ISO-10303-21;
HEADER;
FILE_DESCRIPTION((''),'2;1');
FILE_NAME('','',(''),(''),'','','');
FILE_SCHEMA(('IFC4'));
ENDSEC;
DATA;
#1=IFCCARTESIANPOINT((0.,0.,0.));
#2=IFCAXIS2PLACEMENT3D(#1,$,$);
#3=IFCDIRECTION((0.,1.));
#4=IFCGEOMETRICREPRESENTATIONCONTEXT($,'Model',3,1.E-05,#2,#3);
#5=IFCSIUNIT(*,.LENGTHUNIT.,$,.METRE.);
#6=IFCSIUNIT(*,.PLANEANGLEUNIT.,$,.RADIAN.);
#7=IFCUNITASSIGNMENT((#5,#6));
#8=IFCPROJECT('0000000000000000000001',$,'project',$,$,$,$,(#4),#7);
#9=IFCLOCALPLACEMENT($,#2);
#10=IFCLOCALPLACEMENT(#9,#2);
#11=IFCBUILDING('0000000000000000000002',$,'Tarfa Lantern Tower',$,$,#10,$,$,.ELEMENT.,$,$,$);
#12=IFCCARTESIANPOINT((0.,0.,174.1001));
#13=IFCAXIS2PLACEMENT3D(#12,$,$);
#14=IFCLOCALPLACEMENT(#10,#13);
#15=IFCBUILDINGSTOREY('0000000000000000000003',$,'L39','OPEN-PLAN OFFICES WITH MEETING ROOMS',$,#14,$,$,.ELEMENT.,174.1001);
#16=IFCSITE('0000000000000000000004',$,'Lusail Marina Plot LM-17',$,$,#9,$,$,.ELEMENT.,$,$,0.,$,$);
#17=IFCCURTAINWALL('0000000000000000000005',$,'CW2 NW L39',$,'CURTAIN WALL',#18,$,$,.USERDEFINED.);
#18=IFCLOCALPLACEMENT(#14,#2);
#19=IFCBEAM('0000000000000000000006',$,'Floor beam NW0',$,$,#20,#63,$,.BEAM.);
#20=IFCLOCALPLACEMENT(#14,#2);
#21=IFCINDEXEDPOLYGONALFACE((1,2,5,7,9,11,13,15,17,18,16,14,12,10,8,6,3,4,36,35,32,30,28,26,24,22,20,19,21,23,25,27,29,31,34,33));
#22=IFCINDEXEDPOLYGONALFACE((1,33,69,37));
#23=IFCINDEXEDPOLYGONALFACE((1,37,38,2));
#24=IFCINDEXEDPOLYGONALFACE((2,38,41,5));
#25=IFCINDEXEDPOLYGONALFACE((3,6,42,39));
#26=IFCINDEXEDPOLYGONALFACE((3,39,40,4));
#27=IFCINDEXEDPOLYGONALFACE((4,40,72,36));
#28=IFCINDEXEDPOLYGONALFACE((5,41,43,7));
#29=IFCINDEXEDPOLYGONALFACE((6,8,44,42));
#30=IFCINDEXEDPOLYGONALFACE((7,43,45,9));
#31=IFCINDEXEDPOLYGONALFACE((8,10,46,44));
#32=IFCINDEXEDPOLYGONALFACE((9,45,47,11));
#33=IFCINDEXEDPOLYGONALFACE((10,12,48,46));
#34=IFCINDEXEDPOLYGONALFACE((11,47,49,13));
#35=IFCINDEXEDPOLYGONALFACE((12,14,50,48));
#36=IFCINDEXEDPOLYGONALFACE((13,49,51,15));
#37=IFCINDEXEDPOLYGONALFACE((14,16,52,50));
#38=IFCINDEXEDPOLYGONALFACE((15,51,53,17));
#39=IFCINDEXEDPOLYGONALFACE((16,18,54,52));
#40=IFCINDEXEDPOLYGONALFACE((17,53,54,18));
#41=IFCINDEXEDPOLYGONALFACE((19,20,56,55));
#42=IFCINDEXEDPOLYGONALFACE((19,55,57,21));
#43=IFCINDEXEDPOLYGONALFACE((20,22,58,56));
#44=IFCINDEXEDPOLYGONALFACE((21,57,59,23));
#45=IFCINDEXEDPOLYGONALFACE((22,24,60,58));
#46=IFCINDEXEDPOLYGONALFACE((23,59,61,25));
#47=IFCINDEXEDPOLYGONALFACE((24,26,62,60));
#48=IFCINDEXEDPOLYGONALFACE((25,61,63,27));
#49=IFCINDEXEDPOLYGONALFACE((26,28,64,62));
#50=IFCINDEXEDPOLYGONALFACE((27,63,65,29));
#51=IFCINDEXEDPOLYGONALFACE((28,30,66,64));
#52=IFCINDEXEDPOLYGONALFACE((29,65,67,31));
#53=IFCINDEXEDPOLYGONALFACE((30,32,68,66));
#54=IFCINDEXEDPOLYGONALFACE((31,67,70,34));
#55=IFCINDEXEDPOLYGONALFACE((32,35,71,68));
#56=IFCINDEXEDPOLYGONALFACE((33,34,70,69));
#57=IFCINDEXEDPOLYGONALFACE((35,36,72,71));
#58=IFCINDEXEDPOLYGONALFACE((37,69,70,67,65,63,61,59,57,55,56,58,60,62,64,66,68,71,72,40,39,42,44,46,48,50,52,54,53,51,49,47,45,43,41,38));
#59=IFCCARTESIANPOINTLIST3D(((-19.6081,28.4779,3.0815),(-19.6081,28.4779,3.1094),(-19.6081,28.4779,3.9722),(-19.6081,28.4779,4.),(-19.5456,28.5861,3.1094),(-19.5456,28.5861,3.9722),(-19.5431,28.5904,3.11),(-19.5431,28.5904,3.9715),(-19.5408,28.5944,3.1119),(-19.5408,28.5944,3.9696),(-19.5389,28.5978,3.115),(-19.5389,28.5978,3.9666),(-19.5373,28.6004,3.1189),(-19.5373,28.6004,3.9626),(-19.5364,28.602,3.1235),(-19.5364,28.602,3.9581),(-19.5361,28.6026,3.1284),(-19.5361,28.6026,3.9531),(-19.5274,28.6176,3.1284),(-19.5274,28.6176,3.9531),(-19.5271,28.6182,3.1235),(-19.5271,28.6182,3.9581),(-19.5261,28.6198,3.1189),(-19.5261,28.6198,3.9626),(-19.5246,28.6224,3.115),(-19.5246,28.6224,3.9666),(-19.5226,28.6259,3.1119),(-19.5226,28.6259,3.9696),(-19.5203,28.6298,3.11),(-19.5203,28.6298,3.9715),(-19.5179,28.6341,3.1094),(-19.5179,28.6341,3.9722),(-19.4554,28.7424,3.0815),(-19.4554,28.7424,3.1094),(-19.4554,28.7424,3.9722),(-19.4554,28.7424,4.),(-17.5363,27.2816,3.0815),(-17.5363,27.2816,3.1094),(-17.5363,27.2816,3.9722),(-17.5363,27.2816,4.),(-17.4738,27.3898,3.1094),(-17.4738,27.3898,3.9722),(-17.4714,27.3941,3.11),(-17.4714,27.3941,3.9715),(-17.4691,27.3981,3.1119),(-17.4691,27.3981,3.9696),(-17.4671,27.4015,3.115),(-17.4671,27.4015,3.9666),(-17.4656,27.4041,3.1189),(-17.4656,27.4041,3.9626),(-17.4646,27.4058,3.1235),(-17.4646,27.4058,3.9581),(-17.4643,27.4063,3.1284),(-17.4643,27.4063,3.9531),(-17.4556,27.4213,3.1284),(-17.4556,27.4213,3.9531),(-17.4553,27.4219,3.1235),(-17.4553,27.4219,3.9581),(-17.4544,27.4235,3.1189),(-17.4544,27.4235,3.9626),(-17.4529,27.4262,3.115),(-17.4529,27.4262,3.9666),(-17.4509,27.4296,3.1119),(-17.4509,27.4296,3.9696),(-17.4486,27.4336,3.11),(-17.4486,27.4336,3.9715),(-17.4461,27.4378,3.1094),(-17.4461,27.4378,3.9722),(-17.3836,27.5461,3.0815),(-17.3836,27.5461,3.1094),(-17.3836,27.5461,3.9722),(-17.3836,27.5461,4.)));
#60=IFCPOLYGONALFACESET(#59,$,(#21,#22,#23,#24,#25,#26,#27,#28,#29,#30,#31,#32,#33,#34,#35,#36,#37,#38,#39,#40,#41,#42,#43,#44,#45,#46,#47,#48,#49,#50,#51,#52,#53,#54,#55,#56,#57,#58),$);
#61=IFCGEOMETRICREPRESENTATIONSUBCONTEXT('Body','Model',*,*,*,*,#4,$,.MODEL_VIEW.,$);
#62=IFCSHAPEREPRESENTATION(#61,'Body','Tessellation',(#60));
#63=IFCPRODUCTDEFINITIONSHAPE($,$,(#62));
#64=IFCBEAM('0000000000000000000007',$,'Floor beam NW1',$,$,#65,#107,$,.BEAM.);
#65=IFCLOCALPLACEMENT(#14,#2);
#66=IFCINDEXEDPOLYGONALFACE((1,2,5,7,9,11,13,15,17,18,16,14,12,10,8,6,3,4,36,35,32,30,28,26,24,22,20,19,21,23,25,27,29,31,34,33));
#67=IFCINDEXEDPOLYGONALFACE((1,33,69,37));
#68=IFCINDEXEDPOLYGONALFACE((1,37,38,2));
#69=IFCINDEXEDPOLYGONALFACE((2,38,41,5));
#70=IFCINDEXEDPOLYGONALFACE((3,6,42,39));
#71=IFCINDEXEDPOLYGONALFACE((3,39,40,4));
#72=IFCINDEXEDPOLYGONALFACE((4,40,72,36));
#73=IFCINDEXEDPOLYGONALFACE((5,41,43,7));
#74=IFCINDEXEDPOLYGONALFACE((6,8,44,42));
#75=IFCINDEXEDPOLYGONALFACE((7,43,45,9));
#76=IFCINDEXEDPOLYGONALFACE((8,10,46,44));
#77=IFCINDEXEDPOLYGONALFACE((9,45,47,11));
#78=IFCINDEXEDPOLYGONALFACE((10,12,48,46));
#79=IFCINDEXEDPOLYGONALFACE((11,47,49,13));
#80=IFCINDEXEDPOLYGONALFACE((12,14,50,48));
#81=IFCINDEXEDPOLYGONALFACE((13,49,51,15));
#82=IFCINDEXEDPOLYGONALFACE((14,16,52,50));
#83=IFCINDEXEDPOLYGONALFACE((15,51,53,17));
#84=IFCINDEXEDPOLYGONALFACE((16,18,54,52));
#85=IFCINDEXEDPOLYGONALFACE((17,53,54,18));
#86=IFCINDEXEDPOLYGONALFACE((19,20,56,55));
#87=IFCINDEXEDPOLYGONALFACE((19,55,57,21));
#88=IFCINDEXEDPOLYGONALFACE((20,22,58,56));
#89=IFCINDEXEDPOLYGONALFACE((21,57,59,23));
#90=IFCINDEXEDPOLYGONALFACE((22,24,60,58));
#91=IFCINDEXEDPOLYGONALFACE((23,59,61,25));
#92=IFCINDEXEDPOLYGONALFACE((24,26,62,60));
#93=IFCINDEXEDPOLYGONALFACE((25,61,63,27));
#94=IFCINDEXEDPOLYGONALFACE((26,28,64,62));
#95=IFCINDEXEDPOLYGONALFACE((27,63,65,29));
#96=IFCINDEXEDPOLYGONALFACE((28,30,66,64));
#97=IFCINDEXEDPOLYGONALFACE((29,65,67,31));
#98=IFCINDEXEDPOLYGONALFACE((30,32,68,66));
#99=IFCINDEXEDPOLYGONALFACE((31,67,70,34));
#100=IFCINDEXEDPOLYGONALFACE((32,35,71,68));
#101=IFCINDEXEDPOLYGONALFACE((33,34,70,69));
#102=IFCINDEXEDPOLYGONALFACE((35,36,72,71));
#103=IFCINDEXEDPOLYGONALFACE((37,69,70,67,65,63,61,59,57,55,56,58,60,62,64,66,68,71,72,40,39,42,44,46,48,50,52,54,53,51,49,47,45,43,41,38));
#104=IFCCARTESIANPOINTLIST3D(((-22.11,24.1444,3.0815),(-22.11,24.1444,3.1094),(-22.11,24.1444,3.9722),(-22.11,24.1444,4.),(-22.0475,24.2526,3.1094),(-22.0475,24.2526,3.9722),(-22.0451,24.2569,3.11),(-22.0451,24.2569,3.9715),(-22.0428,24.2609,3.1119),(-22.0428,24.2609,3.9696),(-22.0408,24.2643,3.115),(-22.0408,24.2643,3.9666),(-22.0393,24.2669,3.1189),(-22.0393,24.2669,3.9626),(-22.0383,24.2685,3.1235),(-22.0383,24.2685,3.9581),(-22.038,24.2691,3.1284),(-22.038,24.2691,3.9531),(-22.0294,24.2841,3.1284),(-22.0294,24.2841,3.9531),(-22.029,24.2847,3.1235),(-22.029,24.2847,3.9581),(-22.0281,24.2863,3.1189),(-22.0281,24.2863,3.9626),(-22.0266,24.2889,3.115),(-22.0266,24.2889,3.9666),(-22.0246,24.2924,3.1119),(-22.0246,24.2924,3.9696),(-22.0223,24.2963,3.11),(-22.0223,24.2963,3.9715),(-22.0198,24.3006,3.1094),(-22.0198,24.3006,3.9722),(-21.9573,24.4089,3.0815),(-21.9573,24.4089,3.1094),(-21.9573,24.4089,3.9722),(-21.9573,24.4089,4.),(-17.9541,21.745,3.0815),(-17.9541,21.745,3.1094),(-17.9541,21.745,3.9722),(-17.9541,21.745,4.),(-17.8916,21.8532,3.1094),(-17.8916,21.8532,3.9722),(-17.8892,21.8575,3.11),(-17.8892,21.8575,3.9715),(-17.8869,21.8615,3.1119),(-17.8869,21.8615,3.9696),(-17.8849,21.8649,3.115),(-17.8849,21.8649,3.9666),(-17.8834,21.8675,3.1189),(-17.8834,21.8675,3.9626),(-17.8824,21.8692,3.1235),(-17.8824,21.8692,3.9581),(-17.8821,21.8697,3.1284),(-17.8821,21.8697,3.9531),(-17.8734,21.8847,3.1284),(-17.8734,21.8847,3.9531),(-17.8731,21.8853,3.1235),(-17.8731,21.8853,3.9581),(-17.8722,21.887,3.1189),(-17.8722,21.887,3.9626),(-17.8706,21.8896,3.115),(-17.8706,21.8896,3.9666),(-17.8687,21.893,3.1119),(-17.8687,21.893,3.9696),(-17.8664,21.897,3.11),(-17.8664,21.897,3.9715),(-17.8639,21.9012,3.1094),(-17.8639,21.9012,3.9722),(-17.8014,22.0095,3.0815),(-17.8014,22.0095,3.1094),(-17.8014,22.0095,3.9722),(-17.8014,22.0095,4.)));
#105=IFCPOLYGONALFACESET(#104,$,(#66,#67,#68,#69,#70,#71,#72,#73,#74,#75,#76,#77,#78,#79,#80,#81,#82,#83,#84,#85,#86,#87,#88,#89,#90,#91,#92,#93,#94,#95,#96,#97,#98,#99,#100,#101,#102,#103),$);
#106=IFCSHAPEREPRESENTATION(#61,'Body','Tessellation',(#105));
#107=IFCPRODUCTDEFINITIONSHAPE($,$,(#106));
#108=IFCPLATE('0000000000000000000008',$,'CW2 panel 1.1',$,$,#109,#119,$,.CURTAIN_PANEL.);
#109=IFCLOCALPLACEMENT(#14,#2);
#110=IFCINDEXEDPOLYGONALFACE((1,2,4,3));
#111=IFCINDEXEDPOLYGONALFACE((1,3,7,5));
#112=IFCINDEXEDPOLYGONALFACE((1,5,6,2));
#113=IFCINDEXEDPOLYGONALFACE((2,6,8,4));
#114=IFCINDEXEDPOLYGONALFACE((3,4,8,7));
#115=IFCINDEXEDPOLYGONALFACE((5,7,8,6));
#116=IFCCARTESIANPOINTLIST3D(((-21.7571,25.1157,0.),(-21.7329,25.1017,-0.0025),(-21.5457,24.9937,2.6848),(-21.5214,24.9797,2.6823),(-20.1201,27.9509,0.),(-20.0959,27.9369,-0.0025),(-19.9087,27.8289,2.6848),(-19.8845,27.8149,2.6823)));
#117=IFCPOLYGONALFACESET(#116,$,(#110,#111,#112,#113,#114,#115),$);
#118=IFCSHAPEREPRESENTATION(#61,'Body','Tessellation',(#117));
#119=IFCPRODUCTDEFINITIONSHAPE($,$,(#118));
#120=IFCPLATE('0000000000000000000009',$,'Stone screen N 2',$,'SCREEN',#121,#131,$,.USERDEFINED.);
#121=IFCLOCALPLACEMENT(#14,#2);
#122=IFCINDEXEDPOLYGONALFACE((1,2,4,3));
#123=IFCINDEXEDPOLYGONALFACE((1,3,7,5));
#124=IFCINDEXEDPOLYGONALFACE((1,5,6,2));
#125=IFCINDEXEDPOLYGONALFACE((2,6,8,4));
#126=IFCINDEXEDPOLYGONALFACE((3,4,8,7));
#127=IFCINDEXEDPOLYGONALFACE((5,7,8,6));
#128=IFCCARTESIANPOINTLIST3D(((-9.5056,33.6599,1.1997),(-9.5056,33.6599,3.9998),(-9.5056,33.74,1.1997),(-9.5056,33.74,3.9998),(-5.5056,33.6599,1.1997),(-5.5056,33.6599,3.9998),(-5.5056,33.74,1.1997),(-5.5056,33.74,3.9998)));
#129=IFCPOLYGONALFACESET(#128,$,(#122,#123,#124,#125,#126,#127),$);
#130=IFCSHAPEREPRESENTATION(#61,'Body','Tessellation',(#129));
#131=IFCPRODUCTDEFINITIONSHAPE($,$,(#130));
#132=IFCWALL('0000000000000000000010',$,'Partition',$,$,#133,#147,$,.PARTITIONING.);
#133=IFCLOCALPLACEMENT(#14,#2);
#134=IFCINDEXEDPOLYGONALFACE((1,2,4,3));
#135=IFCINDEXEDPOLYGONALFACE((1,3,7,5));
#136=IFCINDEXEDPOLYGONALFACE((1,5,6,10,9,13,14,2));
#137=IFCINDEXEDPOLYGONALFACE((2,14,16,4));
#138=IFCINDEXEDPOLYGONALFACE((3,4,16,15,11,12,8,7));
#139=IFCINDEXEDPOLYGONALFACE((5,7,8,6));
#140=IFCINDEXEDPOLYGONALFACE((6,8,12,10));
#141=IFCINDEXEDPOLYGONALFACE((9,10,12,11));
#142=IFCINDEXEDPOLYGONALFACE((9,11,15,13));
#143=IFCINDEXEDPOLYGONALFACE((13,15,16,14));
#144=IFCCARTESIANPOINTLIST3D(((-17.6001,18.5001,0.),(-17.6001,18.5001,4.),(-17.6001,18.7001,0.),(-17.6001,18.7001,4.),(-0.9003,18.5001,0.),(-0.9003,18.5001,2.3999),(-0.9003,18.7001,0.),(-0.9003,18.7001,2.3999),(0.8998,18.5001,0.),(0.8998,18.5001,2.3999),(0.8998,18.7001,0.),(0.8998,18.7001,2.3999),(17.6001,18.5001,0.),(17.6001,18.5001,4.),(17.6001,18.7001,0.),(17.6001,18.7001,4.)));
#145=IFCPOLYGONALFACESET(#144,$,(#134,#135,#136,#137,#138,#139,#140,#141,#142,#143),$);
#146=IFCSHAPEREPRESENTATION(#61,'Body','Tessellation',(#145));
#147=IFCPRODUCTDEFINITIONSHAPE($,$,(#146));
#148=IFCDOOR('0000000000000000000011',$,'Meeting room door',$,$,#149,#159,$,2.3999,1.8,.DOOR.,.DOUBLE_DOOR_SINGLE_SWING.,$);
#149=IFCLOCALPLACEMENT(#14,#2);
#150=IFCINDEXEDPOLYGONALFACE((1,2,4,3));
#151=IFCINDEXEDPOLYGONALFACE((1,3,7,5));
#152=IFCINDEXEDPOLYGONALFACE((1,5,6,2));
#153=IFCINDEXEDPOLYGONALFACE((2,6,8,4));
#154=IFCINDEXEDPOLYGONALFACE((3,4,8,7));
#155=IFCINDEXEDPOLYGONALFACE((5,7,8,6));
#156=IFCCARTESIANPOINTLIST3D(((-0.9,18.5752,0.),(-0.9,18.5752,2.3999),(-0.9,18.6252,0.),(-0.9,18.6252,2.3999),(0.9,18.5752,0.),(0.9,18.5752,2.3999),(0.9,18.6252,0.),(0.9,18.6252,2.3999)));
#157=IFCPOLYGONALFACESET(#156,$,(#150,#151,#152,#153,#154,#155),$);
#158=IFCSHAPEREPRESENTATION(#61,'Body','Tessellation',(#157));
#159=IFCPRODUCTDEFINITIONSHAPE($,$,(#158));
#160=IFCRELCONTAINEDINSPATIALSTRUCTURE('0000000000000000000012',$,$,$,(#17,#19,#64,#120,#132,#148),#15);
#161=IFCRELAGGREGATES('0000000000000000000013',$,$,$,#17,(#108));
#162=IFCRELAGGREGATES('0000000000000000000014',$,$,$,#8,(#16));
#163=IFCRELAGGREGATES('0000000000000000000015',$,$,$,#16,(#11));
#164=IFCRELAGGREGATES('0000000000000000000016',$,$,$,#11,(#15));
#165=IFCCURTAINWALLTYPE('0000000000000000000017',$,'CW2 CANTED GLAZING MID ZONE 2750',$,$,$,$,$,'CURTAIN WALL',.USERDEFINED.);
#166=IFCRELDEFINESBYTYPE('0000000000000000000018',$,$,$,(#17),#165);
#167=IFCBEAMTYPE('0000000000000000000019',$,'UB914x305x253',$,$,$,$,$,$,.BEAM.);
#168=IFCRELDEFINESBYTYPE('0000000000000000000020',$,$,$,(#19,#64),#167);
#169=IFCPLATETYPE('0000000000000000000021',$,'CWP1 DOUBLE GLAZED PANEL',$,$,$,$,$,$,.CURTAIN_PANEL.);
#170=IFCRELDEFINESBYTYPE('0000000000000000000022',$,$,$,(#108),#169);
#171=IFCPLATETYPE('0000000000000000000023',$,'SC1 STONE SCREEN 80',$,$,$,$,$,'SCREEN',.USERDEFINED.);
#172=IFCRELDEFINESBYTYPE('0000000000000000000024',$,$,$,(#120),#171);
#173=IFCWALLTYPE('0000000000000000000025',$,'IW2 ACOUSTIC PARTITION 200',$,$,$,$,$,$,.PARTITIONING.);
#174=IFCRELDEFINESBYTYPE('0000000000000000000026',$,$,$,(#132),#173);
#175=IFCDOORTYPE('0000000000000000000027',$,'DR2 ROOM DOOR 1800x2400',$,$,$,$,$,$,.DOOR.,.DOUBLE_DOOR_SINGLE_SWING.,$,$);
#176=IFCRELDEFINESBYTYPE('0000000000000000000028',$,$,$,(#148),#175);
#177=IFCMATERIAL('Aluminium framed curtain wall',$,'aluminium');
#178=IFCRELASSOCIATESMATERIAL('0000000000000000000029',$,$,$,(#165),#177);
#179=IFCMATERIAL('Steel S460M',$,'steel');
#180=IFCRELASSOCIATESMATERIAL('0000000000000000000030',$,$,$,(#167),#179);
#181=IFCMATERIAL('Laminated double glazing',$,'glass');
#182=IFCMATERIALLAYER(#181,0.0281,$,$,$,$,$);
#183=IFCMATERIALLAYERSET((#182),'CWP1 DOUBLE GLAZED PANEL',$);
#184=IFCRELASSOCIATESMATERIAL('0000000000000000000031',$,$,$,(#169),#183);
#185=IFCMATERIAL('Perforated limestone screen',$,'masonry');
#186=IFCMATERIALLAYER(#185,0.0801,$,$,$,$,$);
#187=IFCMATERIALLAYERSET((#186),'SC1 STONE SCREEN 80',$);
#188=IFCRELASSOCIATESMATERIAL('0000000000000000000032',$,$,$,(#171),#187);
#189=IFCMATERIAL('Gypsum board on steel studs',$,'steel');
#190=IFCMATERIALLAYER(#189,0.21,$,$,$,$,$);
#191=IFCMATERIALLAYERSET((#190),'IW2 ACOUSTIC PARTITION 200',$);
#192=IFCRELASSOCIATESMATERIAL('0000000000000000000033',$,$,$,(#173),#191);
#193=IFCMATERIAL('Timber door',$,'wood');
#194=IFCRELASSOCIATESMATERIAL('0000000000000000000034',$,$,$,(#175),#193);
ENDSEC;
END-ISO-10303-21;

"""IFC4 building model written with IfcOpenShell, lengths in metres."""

from ifc_helpers import new_model, si_unit, direction, frame, frame_2d, origin, origin_2d, place, context, subcontext, project, spatial, polyline, rectangle, i_section, outline, extrude, material, layer, layer_set, material_profile, profile_set, type_object, element, fill, aggregate, save


model = new_model("IFC4")

# Units and contexts
model_context = context("Model", 3, precision=1e-05, world=origin(), true_north=direction((0.0, 1.0)))
body_context = subcontext(model_context, "Body", "Model", "MODEL_VIEW")
ifc_project = project(units=[si_unit("LENGTHUNIT", "METRE"), si_unit("PLANEANGLEUNIT", "RADIAN")], contexts=[model_context])

# Site, building, storey
site_placement = place(None, origin())
site = spatial("IfcSite", under=ifc_project, at=site_placement, Name="Lusail Marina Plot LM-17", CompositionType="ELEMENT", RefElevation=0.0)
building_placement = place(site_placement, origin())
building = spatial("IfcBuilding", under=site, at=building_placement, Name="Tarfa Lantern Tower", CompositionType="ELEMENT")
storey_placement = place(building_placement, frame((0.0, 0.0, 174.1001)))
storey = spatial("IfcBuildingStorey", under=building, at=storey_placement, Name="L39", Description="OPEN-PLAN OFFICES WITH MEETING ROOMS", CompositionType="ELEMENT", Elevation=174.1001)

# Curtain wall
ifc_material_1 = material(Name="Aluminium framed curtain wall", Category="aluminium")
curtain_wall_type = type_object("IfcCurtainWallType", Name="CW2 CANTED GLAZING MID ZONE 2750", ElementType="CURTAIN WALL", PredefinedType="USERDEFINED", material=ifc_material_1)
curtain_wall_placement = place(storey_placement, origin())
curtain_wall = element("IfcCurtainWall", 1, at=curtain_wall_placement, inside=storey, type_object=curtain_wall_type, Name="CW2 NW L39", ObjectType="CURTAIN WALL", PredefinedType="USERDEFINED")

# Beams
ifc_material_2 = material(Name="Steel S460M", Category="steel")
ifc_material_profile_1 = material_profile(ifc_material_2, i_section(OverallWidth=0.3054, OverallDepth=0.9185, WebThickness=0.0173, FlangeThickness=0.0278, FilletRadius=0.019, at=origin_2d()), Name="UB914x305x253")
ifc_profile_set_1 = profile_set([ifc_material_profile_1], Name="Steel S460M")
beam_type_1 = type_object("IfcBeamType", Name="UB914x305x253", PredefinedType="BEAM", material=ifc_profile_set_1)
beam_1_placement = place(storey_placement, frame((-19.5317, 28.6101, 3.5408), z_axis=(0.865999, -0.500046, 0.0), x_axis=(0.500046, 0.865999, 0.0)))
element("IfcBeam", 2, at=beam_1_placement, inside=storey, type_object=beam_type_1, Name="Floor beam NW0", PredefinedType="BEAM", context=body_context, shape_type="SweptSolid", body=[
    extrude(i_section(OverallWidth=0.3054, OverallDepth=0.9185, WebThickness=0.0173, FlangeThickness=0.0278, FilletRadius=0.019, at=origin_2d()), origin(), (0.0, 0.0, 1.0), 2.3923),
])
beam_2_placement = place(storey_placement, frame((-22.0337, 24.2766, 3.5408), z_axis=(0.866031, -0.499991, 0.0), x_axis=(0.499991, 0.866031, 0.0)))
element("IfcBeam", 3, at=beam_2_placement, inside=storey, type_object=beam_type_1, Name="Floor beam NW1", PredefinedType="BEAM", context=body_context, shape_type="SweptSolid", body=[
    extrude(i_section(OverallWidth=0.3054, OverallDepth=0.9185, WebThickness=0.0173, FlangeThickness=0.0278, FilletRadius=0.019, at=origin_2d()), origin(), (0.0, 0.0, 1.0), 4.7988),
])

# Plates
ifc_material_3 = material(Name="Laminated double glazing", Category="glass")
ifc_layer_1 = layer(ifc_material_3, 0.0281)
ifc_layer_set_1 = layer_set([ifc_layer_1], Name="CWP1 DOUBLE GLAZED PANEL")
plate_type_1 = type_object("IfcPlateType", Name="CWP1 DOUBLE GLAZED PANEL", PredefinedType="CURTAIN_PANEL", material=ifc_layer_set_1)
plate_1_placement = place(storey_placement, frame((-20.1201, 27.9509, 0.0), z_axis=(-0.86246, 0.497958, 0.090558), x_axis=(-0.500013, -0.866018, 0.0)))
plate_1 = element("IfcPlate", 4, at=plate_1_placement, type_object=plate_type_1, Name="CW2 panel 1.1", PredefinedType="CURTAIN_PANEL", context=body_context, shape_type="SweptSolid", body=[
    extrude(outline(polyline([(0.0, 0.0), (3.2738, 0.0), (3.2738, 2.6959), (0.0, 2.6959), (0.0, 0.0)])), origin(), (0.0, 0.0, -1.0), 0.0281),
])
aggregate(curtain_wall, [plate_1])
ifc_material_4 = material(Name="Perforated limestone screen", Category="masonry")
ifc_layer_2 = layer(ifc_material_4, 0.0801)
ifc_layer_set_2 = layer_set([ifc_layer_2], Name="SC1 STONE SCREEN 80")
plate_type_2 = type_object("IfcPlateType", Name="SC1 STONE SCREEN 80", ElementType="SCREEN", PredefinedType="USERDEFINED", material=ifc_layer_set_2)
plate_2_placement = place(storey_placement, frame((-7.5056, 33.7, 1.1997), z_axis=(0.0, 0.0, 1.0), x_axis=(-1.0, 0.0, 0.0)))
element("IfcPlate", 5, at=plate_2_placement, inside=storey, type_object=plate_type_2, Name="Stone screen N 2", ObjectType="SCREEN", PredefinedType="USERDEFINED", context=body_context, shape_type="SweptSolid", body=[
    extrude(rectangle(XDim=4.0, YDim=0.0801, at=origin_2d()), origin(), (0.0, 0.0, 1.0), 2.8),
])

# Wall, opening, door
ifc_material_5 = material(Name="Gypsum board on steel studs", Category="steel")
ifc_layer_3 = layer(ifc_material_5, 0.21)
ifc_layer_set_3 = layer_set([ifc_layer_3], Name="IW2 ACOUSTIC PARTITION 200")
wall_type = type_object("IfcWallType", Name="IW2 ACOUSTIC PARTITION 200", PredefinedType="PARTITIONING", material=ifc_layer_set_3)
wall_placement = place(storey_placement, frame((-17.6001, 18.6001, 0.0), z_axis=(0.0, 0.0, 1.0), x_axis=(1.0, 0.0, 0.0)))
wall = element("IfcWall", 6, at=wall_placement, inside=storey, type_object=wall_type, Name="Partition", PredefinedType="PARTITIONING", context=body_context, shape_type="SweptSolid", body=[
    extrude(rectangle(XDim=35.2002, YDim=0.2, at=frame_2d((17.6001, 0.0))), origin(), (0.0, 0.0, 1.0), 4.0),
])
opening_placement = place(wall_placement, frame((16.7, 0.0, 0.0)))
opening = element("IfcOpeningElement", 7, at=opening_placement, cuts=wall, PredefinedType="OPENING", context=body_context, shape_type="SweptSolid", body=[
    extrude(rectangle(XDim=1.8, YDim=2.3999, at=frame_2d((0.8999, 1.2))), frame((0.0, 0.1099, 0.0), z_axis=(0.0, -1.0, 0.0), x_axis=(1.0, 0.0, 0.0)), (0.0, 0.0, 1.0), 0.22),
])
ifc_material_6 = material(Name="Timber door", Category="wood")
door_type = type_object("IfcDoorType", Name="DR2 ROOM DOOR 1800x2400", OperationType="DOUBLE_DOOR_SINGLE_SWING", PredefinedType="DOOR", material=ifc_material_6)
door_placement = place(opening_placement, frame((1.8, 0.0, 0.0), z_axis=(0.0, 0.0, 1.0), x_axis=(-1.0, 0.0, 0.0)))
door = element("IfcDoor", 8, at=door_placement, inside=storey, type_object=door_type, Name="Meeting room door", OperationType="DOUBLE_DOOR_SINGLE_SWING", OverallHeight=2.3999, OverallWidth=1.8, PredefinedType="DOOR", context=body_context, shape_type="SweptSolid", body=[
    extrude(rectangle(XDim=1.8, YDim=2.3999, at=frame_2d((0.8999, 1.2))), frame((0.0, 0.0249, 0.0), z_axis=(0.0, -1.0, 0.0), x_axis=(1.0, 0.0, 0.0)), (0.0, 0.0, 1.0), 0.05),
])
fill(opening, door)

save(model, "model.ifc")
